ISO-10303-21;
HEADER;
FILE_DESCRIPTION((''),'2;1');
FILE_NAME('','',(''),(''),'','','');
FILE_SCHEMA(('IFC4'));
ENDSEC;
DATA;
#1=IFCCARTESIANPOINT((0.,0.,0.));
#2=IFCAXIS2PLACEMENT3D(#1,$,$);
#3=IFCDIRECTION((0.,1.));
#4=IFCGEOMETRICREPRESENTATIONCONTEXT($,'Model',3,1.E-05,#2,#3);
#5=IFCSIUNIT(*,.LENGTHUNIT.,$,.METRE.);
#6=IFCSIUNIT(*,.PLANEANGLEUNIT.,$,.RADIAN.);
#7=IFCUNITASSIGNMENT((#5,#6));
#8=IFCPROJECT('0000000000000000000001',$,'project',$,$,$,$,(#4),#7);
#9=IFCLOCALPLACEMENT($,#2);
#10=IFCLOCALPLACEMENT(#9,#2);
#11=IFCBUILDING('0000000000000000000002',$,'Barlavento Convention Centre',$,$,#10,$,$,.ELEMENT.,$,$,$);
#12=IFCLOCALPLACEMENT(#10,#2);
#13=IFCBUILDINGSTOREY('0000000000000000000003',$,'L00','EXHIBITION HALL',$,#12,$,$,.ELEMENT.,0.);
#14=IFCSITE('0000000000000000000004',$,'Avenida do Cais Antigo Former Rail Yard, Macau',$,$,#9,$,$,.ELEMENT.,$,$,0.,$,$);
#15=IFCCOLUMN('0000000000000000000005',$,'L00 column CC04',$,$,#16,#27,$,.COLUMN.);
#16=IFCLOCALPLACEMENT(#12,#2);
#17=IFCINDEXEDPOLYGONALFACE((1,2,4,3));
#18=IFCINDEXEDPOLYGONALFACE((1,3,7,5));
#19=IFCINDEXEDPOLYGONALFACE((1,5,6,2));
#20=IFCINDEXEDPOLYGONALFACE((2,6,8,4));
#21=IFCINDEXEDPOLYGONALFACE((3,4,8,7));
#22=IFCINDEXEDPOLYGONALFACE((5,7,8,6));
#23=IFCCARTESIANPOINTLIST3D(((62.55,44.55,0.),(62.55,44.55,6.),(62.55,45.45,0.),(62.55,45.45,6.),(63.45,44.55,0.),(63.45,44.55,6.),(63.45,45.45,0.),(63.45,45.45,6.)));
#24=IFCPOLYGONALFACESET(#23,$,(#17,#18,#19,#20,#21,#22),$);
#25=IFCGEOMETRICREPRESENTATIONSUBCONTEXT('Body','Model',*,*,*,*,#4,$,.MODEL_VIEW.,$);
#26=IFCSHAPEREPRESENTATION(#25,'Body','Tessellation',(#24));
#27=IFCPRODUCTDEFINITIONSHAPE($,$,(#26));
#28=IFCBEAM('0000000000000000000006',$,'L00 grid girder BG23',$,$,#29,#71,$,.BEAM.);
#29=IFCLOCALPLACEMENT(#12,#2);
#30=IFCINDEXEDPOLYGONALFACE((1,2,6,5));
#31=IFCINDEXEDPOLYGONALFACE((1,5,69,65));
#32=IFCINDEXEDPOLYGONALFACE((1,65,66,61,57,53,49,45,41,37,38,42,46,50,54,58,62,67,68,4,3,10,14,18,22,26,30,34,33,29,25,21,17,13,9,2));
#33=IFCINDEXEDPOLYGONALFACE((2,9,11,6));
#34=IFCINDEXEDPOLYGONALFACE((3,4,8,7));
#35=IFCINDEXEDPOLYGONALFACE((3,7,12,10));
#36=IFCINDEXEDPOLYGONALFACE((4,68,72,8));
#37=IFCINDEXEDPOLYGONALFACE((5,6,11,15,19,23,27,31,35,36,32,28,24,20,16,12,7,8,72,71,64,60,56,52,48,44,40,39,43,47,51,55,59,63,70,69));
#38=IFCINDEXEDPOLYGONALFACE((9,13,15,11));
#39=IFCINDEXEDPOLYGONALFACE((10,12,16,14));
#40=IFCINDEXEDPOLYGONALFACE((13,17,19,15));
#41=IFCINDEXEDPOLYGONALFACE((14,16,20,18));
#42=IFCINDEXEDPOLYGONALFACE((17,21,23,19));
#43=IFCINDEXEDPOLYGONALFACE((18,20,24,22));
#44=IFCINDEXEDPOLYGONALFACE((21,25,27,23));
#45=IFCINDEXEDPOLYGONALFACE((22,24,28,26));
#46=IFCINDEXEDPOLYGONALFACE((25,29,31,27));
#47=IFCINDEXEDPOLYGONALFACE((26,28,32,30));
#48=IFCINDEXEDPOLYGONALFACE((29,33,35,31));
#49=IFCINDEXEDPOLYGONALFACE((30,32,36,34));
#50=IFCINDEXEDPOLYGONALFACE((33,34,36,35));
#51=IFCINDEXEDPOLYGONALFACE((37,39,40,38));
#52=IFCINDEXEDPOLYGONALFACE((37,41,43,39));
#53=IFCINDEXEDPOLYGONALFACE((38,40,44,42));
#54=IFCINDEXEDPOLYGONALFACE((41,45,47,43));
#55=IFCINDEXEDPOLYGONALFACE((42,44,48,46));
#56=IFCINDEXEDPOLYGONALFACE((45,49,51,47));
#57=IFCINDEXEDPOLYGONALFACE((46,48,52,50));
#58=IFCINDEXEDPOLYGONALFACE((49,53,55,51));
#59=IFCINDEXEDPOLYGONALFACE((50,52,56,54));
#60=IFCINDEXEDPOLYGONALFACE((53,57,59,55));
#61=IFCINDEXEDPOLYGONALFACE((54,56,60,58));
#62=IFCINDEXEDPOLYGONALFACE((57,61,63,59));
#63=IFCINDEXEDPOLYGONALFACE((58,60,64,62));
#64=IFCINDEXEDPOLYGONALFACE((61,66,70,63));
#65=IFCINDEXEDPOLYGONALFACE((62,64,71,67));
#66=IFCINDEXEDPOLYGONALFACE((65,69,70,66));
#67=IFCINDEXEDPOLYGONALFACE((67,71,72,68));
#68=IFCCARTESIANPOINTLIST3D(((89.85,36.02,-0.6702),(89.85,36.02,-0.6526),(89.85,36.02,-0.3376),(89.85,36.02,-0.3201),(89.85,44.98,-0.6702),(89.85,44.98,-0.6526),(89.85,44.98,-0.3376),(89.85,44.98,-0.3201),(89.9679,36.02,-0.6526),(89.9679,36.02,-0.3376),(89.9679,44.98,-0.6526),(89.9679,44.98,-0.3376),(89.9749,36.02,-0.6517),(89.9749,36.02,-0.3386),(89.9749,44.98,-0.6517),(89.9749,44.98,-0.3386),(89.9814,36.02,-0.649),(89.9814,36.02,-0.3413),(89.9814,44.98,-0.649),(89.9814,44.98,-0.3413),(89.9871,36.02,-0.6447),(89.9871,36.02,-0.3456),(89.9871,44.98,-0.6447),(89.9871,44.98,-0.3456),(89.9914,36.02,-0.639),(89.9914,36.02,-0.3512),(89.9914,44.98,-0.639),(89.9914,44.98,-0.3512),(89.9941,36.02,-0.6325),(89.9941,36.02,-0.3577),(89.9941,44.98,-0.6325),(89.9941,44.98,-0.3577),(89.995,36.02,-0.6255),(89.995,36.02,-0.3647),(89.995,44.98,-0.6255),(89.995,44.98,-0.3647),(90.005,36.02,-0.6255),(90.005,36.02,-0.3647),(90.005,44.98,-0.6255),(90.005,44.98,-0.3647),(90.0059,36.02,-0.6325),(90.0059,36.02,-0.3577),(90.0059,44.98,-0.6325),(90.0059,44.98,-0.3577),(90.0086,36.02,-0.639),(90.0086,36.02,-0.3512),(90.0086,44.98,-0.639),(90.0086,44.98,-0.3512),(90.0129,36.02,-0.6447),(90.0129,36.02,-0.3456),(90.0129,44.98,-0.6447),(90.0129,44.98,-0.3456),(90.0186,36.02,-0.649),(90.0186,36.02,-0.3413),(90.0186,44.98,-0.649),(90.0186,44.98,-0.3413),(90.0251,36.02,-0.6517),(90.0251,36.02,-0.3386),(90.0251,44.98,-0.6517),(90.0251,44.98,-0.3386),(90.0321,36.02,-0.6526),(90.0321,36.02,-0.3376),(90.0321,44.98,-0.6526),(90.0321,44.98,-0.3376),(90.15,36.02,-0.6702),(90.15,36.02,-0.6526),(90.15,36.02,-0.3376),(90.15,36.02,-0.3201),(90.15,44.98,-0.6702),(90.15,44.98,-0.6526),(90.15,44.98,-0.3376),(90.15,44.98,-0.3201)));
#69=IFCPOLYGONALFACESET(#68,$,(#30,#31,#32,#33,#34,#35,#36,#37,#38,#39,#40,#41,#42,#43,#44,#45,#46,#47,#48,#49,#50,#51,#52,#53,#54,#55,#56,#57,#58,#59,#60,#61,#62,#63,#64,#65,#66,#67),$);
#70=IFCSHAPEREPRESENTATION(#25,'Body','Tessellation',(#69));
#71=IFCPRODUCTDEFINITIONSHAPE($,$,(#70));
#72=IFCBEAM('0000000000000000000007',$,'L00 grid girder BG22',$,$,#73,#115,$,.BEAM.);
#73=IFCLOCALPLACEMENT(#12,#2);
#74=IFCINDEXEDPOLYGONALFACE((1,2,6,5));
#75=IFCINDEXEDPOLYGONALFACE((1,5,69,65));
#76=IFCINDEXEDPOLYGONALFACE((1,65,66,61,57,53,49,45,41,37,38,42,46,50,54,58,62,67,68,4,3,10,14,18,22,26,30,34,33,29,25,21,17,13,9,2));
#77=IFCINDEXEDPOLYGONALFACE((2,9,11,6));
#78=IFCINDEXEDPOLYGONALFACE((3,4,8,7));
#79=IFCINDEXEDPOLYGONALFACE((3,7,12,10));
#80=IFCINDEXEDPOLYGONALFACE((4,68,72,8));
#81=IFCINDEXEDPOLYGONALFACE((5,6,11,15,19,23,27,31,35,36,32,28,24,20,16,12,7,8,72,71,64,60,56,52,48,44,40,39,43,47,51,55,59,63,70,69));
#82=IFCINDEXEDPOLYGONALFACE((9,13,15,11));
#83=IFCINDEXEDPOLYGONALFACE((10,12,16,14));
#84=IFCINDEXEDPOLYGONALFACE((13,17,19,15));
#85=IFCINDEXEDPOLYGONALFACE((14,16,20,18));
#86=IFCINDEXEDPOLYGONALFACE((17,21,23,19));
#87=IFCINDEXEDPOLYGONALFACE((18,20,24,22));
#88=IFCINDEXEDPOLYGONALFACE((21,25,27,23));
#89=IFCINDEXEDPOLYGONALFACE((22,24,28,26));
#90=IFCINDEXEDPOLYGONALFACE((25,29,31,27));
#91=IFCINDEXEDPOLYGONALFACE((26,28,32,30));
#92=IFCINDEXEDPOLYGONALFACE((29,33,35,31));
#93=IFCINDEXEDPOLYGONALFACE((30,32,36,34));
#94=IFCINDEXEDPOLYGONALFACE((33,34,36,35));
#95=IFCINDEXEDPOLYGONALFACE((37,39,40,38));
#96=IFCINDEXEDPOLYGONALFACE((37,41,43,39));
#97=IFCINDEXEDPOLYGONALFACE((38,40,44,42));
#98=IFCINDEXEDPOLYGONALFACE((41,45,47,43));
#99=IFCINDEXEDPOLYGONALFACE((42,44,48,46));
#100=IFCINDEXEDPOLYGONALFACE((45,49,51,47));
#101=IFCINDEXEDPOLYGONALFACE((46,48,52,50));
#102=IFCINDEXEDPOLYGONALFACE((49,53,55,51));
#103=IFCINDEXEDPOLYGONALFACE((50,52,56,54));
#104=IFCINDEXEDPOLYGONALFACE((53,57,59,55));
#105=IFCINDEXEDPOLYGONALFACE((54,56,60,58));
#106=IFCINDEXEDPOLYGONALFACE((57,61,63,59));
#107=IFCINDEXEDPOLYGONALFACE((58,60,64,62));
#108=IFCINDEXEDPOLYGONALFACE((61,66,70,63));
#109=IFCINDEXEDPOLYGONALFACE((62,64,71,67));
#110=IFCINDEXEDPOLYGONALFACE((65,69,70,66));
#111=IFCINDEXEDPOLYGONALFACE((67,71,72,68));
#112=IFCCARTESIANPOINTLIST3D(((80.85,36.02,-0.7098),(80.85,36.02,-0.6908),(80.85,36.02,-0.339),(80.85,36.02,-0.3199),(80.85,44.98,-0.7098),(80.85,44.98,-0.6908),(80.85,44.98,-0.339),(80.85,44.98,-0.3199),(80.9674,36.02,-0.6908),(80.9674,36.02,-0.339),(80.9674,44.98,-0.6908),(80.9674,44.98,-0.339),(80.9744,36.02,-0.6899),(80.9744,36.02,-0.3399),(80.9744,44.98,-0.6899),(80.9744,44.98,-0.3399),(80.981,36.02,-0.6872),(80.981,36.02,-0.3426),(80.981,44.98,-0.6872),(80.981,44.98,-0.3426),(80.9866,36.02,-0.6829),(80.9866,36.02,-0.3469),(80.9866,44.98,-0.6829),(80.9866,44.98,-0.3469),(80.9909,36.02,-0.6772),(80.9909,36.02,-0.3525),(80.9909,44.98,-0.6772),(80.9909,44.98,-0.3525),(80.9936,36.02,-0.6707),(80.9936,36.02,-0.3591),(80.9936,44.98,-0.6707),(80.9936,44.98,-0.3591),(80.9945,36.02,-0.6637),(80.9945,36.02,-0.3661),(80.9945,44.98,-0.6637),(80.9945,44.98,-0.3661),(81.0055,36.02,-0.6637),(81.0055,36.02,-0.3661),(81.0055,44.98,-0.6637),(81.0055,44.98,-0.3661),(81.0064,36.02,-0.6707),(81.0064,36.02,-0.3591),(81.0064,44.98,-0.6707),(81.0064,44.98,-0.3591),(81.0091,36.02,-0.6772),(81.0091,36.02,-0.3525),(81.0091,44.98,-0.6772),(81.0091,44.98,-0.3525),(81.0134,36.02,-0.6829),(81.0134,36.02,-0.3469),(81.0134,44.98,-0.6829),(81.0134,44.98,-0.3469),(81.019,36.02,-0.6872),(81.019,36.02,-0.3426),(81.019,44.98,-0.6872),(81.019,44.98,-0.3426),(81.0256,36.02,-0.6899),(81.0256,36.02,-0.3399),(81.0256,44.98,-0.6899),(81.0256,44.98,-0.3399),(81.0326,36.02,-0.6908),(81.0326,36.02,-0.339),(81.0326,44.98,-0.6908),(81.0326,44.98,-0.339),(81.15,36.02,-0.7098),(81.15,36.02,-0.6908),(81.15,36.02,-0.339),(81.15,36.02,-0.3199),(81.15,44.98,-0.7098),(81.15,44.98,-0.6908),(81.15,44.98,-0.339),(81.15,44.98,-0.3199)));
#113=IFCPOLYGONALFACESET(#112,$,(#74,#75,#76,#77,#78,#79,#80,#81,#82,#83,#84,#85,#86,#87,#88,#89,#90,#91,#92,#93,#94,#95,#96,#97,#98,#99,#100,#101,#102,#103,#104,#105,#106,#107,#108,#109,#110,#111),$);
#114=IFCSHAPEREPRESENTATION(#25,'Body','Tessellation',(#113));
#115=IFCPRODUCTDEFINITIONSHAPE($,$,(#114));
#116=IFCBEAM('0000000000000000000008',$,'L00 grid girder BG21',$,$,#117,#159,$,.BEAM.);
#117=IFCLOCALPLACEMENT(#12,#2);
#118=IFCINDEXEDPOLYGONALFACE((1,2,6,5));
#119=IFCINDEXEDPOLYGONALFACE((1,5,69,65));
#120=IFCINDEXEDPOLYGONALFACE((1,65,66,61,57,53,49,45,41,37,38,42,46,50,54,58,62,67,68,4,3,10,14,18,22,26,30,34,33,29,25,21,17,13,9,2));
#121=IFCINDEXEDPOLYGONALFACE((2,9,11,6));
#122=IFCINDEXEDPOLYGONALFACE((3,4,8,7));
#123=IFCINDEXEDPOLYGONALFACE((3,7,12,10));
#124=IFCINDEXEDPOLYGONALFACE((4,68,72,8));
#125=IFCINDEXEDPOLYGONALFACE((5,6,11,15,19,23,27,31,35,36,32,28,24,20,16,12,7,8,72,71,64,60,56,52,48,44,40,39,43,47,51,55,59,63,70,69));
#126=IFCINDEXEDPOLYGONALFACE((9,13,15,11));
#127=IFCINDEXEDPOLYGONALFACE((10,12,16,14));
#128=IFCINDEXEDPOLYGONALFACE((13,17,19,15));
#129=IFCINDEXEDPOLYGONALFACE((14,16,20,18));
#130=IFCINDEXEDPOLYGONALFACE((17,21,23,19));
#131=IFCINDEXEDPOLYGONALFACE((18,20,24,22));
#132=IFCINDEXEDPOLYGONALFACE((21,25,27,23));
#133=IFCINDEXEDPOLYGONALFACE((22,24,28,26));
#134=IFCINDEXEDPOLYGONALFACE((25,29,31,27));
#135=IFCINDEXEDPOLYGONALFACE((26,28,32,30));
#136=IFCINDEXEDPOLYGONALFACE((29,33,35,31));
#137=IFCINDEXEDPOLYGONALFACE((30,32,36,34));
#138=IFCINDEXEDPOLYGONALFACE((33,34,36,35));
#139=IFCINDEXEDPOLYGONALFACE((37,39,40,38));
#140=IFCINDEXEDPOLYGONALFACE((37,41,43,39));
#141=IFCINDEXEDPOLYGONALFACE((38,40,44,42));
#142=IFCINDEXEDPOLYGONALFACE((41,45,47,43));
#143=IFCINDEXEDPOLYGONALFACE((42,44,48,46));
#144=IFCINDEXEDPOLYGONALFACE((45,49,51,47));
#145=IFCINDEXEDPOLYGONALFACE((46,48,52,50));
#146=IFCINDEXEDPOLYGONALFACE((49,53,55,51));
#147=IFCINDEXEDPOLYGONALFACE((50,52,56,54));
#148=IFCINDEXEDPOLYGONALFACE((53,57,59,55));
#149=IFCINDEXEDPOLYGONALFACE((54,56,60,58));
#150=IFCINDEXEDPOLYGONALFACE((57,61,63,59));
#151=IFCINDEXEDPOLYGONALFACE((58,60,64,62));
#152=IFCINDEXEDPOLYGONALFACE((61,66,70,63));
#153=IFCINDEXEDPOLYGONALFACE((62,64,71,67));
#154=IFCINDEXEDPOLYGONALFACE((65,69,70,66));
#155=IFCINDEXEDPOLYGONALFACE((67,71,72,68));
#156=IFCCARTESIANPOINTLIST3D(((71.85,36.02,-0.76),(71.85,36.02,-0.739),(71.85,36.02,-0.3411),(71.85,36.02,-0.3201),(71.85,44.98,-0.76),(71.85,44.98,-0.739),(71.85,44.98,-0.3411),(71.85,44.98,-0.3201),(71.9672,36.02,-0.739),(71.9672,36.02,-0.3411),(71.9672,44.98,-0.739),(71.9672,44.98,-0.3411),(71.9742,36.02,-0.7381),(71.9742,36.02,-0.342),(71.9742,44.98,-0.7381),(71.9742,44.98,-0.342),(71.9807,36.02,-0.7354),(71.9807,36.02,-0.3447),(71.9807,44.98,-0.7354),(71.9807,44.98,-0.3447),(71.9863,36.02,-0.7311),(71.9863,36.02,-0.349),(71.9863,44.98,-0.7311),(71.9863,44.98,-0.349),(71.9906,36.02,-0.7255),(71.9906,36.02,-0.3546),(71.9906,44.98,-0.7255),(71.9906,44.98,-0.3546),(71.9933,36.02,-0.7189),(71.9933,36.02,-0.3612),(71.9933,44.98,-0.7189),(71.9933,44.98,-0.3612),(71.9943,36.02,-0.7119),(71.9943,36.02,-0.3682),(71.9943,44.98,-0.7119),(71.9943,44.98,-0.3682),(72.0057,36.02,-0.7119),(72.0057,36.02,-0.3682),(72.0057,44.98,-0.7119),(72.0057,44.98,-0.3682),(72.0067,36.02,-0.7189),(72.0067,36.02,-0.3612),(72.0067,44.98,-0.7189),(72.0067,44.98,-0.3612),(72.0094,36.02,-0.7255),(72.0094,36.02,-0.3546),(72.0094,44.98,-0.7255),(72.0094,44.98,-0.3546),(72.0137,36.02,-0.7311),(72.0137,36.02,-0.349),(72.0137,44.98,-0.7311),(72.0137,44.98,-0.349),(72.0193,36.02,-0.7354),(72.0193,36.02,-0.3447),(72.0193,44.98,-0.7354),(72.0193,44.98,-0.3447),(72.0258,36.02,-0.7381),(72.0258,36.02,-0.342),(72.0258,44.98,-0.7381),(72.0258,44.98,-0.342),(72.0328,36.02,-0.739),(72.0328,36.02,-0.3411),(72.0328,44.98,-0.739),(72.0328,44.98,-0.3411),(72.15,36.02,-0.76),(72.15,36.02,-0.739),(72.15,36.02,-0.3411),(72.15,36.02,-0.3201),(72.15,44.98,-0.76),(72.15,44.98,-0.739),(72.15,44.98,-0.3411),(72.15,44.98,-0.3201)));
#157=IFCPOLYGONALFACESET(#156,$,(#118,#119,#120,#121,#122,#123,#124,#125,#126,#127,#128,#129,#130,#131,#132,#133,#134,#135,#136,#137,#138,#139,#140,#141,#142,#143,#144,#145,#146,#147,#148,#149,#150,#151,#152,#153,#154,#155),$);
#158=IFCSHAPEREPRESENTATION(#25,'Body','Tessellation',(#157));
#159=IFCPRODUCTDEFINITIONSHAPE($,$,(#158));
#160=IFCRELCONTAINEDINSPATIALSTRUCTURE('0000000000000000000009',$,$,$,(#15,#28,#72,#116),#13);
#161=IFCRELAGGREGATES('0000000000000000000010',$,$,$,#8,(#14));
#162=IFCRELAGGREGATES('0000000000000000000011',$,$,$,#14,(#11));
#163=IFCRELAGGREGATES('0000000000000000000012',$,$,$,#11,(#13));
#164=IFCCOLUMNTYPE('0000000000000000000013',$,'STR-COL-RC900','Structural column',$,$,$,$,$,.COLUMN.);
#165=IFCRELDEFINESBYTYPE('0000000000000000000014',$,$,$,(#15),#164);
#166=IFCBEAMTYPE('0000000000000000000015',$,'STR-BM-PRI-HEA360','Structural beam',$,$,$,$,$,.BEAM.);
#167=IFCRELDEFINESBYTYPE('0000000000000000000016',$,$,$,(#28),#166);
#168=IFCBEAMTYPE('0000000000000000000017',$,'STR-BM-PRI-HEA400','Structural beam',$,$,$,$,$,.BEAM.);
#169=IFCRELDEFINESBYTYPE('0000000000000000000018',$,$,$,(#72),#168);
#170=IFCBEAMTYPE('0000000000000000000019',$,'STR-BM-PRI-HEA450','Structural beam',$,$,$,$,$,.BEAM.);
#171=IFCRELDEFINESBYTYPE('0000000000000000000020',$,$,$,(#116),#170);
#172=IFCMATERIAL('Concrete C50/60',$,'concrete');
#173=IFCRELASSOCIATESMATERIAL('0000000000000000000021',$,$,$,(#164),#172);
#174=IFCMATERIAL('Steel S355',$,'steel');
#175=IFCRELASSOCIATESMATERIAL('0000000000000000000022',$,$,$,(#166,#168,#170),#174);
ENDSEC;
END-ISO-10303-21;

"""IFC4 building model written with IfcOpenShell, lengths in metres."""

from ifc_helpers import new_model, si_unit, direction, frame, origin, origin_2d, place, context, subcontext, project, spatial, rectangle, i_section, extrude, material, material_profile, profile_set, type_object, element, save


model = new_model("IFC4")

# Units and contexts
model_context = context("Model", 3, precision=1e-05, world=origin(), true_north=direction((0.0, 1.0)))
body_context = subcontext(model_context, "Body", "Model", "MODEL_VIEW")
ifc_project = project(units=[si_unit("LENGTHUNIT", "METRE"), si_unit("PLANEANGLEUNIT", "RADIAN")], contexts=[model_context])

# Site, building, storey
site_placement = place(None, origin())
site = spatial("IfcSite", under=ifc_project, at=site_placement, Name="Avenida do Cais Antigo Former Rail Yard, Macau", CompositionType="ELEMENT", RefElevation=0.0)
building_placement = place(site_placement, origin())
building = spatial("IfcBuilding", under=site, at=building_placement, Name="Barlavento Convention Centre", CompositionType="ELEMENT")
storey_placement = place(building_placement, origin())
storey = spatial("IfcBuildingStorey", under=building, at=storey_placement, Name="L00", Description="EXHIBITION HALL", CompositionType="ELEMENT", Elevation=0.0)

# Column
ifc_material_1 = material(Name="Concrete C50/60", Category="concrete")
ifc_material_profile_1 = material_profile(ifc_material_1, rectangle(XDim=0.8999, YDim=0.8999, at=origin_2d()), Name="RC 900x900")
ifc_profile_set_1 = profile_set([ifc_material_profile_1], Name="Concrete C50/60")
column_type_1 = type_object("IfcColumnType", Name="STR-COL-RC900", Description="Structural column", PredefinedType="COLUMN", material=ifc_profile_set_1)
column_1_placement = place(storey_placement, frame((63.0, 45.0, 0.0), z_axis=(0.0, 0.0, 1.0), x_axis=(1.0, 0.0, 0.0)))
element("IfcColumn", 1, at=column_1_placement, inside=storey, type_object=column_type_1, Name="L00 column CC04", PredefinedType="COLUMN", context=body_context, shape_type="SweptSolid", body=[
    extrude(rectangle(XDim=0.8999, YDim=0.8999, at=origin_2d()), origin(), (0.0, 0.0, 1.0), 6.0),
])

# Beams
ifc_material_2 = material(Name="Steel S355", Category="steel")
ifc_material_profile_2 = material_profile(ifc_material_2, i_section(OverallWidth=0.3, OverallDepth=0.3501, WebThickness=0.01, FlangeThickness=0.0176, FilletRadius=0.0271, at=origin_2d()), Name="HEA 360")
ifc_profile_set_2 = profile_set([ifc_material_profile_2], Name="Steel S355")
beam_type_1 = type_object("IfcBeamType", Name="STR-BM-PRI-HEA360", Description="Structural beam", PredefinedType="BEAM", material=ifc_profile_set_2)
beam_1_placement = place(storey_placement, frame((90.0, 36.02, -0.4951), z_axis=(0.0, 1.0, 0.0), x_axis=(-1.0, 0.0, 0.0)))
element("IfcBeam", 2, at=beam_1_placement, inside=storey, type_object=beam_type_1, Name="L00 grid girder BG23", PredefinedType="BEAM", context=body_context, shape_type="SweptSolid", body=[
    extrude(i_section(OverallWidth=0.3, OverallDepth=0.3501, WebThickness=0.01, FlangeThickness=0.0176, FilletRadius=0.0271, at=origin_2d()), origin(), (0.0, 0.0, 1.0), 8.96),
])
ifc_material_profile_3 = material_profile(ifc_material_2, i_section(OverallWidth=0.3, OverallDepth=0.3899, WebThickness=0.011, FlangeThickness=0.019, FilletRadius=0.0271, at=origin_2d()), Name="HEA 400")
ifc_profile_set_3 = profile_set([ifc_material_profile_3], Name="Steel S355")
beam_type_2 = type_object("IfcBeamType", Name="STR-BM-PRI-HEA400", Description="Structural beam", PredefinedType="BEAM", material=ifc_profile_set_3)
beam_2_placement = place(storey_placement, frame((81.0, 36.02, -0.5149), z_axis=(0.0, 1.0, 0.0), x_axis=(-1.0, 0.0, 0.0)))
element("IfcBeam", 3, at=beam_2_placement, inside=storey, type_object=beam_type_2, Name="L00 grid girder BG22", PredefinedType="BEAM", context=body_context, shape_type="SweptSolid", body=[
    extrude(i_section(OverallWidth=0.3, OverallDepth=0.3899, WebThickness=0.011, FlangeThickness=0.019, FilletRadius=0.0271, at=origin_2d()), origin(), (0.0, 0.0, 1.0), 8.96),
])
ifc_material_profile_4 = material_profile(ifc_material_2, i_section(OverallWidth=0.3, OverallDepth=0.4399, WebThickness=0.0115, FlangeThickness=0.021, FilletRadius=0.0271, at=origin_2d()), Name="HEA 450")
ifc_profile_set_4 = profile_set([ifc_material_profile_4], Name="Steel S355")
beam_type_3 = type_object("IfcBeamType", Name="STR-BM-PRI-HEA450", Description="Structural beam", PredefinedType="BEAM", material=ifc_profile_set_4)
beam_3_placement = place(storey_placement, frame((72.0, 36.02, -0.54), z_axis=(0.0, 1.0, 0.0), x_axis=(-1.0, 0.0, 0.0)))
element("IfcBeam", 4, at=beam_3_placement, inside=storey, type_object=beam_type_3, Name="L00 grid girder BG21", PredefinedType="BEAM", context=body_context, shape_type="SweptSolid", body=[
    extrude(i_section(OverallWidth=0.3, OverallDepth=0.4399, WebThickness=0.0115, FlangeThickness=0.021, FilletRadius=0.0271, at=origin_2d()), origin(), (0.0, 0.0, 1.0), 8.96),
])

save(model, "model.ifc")
